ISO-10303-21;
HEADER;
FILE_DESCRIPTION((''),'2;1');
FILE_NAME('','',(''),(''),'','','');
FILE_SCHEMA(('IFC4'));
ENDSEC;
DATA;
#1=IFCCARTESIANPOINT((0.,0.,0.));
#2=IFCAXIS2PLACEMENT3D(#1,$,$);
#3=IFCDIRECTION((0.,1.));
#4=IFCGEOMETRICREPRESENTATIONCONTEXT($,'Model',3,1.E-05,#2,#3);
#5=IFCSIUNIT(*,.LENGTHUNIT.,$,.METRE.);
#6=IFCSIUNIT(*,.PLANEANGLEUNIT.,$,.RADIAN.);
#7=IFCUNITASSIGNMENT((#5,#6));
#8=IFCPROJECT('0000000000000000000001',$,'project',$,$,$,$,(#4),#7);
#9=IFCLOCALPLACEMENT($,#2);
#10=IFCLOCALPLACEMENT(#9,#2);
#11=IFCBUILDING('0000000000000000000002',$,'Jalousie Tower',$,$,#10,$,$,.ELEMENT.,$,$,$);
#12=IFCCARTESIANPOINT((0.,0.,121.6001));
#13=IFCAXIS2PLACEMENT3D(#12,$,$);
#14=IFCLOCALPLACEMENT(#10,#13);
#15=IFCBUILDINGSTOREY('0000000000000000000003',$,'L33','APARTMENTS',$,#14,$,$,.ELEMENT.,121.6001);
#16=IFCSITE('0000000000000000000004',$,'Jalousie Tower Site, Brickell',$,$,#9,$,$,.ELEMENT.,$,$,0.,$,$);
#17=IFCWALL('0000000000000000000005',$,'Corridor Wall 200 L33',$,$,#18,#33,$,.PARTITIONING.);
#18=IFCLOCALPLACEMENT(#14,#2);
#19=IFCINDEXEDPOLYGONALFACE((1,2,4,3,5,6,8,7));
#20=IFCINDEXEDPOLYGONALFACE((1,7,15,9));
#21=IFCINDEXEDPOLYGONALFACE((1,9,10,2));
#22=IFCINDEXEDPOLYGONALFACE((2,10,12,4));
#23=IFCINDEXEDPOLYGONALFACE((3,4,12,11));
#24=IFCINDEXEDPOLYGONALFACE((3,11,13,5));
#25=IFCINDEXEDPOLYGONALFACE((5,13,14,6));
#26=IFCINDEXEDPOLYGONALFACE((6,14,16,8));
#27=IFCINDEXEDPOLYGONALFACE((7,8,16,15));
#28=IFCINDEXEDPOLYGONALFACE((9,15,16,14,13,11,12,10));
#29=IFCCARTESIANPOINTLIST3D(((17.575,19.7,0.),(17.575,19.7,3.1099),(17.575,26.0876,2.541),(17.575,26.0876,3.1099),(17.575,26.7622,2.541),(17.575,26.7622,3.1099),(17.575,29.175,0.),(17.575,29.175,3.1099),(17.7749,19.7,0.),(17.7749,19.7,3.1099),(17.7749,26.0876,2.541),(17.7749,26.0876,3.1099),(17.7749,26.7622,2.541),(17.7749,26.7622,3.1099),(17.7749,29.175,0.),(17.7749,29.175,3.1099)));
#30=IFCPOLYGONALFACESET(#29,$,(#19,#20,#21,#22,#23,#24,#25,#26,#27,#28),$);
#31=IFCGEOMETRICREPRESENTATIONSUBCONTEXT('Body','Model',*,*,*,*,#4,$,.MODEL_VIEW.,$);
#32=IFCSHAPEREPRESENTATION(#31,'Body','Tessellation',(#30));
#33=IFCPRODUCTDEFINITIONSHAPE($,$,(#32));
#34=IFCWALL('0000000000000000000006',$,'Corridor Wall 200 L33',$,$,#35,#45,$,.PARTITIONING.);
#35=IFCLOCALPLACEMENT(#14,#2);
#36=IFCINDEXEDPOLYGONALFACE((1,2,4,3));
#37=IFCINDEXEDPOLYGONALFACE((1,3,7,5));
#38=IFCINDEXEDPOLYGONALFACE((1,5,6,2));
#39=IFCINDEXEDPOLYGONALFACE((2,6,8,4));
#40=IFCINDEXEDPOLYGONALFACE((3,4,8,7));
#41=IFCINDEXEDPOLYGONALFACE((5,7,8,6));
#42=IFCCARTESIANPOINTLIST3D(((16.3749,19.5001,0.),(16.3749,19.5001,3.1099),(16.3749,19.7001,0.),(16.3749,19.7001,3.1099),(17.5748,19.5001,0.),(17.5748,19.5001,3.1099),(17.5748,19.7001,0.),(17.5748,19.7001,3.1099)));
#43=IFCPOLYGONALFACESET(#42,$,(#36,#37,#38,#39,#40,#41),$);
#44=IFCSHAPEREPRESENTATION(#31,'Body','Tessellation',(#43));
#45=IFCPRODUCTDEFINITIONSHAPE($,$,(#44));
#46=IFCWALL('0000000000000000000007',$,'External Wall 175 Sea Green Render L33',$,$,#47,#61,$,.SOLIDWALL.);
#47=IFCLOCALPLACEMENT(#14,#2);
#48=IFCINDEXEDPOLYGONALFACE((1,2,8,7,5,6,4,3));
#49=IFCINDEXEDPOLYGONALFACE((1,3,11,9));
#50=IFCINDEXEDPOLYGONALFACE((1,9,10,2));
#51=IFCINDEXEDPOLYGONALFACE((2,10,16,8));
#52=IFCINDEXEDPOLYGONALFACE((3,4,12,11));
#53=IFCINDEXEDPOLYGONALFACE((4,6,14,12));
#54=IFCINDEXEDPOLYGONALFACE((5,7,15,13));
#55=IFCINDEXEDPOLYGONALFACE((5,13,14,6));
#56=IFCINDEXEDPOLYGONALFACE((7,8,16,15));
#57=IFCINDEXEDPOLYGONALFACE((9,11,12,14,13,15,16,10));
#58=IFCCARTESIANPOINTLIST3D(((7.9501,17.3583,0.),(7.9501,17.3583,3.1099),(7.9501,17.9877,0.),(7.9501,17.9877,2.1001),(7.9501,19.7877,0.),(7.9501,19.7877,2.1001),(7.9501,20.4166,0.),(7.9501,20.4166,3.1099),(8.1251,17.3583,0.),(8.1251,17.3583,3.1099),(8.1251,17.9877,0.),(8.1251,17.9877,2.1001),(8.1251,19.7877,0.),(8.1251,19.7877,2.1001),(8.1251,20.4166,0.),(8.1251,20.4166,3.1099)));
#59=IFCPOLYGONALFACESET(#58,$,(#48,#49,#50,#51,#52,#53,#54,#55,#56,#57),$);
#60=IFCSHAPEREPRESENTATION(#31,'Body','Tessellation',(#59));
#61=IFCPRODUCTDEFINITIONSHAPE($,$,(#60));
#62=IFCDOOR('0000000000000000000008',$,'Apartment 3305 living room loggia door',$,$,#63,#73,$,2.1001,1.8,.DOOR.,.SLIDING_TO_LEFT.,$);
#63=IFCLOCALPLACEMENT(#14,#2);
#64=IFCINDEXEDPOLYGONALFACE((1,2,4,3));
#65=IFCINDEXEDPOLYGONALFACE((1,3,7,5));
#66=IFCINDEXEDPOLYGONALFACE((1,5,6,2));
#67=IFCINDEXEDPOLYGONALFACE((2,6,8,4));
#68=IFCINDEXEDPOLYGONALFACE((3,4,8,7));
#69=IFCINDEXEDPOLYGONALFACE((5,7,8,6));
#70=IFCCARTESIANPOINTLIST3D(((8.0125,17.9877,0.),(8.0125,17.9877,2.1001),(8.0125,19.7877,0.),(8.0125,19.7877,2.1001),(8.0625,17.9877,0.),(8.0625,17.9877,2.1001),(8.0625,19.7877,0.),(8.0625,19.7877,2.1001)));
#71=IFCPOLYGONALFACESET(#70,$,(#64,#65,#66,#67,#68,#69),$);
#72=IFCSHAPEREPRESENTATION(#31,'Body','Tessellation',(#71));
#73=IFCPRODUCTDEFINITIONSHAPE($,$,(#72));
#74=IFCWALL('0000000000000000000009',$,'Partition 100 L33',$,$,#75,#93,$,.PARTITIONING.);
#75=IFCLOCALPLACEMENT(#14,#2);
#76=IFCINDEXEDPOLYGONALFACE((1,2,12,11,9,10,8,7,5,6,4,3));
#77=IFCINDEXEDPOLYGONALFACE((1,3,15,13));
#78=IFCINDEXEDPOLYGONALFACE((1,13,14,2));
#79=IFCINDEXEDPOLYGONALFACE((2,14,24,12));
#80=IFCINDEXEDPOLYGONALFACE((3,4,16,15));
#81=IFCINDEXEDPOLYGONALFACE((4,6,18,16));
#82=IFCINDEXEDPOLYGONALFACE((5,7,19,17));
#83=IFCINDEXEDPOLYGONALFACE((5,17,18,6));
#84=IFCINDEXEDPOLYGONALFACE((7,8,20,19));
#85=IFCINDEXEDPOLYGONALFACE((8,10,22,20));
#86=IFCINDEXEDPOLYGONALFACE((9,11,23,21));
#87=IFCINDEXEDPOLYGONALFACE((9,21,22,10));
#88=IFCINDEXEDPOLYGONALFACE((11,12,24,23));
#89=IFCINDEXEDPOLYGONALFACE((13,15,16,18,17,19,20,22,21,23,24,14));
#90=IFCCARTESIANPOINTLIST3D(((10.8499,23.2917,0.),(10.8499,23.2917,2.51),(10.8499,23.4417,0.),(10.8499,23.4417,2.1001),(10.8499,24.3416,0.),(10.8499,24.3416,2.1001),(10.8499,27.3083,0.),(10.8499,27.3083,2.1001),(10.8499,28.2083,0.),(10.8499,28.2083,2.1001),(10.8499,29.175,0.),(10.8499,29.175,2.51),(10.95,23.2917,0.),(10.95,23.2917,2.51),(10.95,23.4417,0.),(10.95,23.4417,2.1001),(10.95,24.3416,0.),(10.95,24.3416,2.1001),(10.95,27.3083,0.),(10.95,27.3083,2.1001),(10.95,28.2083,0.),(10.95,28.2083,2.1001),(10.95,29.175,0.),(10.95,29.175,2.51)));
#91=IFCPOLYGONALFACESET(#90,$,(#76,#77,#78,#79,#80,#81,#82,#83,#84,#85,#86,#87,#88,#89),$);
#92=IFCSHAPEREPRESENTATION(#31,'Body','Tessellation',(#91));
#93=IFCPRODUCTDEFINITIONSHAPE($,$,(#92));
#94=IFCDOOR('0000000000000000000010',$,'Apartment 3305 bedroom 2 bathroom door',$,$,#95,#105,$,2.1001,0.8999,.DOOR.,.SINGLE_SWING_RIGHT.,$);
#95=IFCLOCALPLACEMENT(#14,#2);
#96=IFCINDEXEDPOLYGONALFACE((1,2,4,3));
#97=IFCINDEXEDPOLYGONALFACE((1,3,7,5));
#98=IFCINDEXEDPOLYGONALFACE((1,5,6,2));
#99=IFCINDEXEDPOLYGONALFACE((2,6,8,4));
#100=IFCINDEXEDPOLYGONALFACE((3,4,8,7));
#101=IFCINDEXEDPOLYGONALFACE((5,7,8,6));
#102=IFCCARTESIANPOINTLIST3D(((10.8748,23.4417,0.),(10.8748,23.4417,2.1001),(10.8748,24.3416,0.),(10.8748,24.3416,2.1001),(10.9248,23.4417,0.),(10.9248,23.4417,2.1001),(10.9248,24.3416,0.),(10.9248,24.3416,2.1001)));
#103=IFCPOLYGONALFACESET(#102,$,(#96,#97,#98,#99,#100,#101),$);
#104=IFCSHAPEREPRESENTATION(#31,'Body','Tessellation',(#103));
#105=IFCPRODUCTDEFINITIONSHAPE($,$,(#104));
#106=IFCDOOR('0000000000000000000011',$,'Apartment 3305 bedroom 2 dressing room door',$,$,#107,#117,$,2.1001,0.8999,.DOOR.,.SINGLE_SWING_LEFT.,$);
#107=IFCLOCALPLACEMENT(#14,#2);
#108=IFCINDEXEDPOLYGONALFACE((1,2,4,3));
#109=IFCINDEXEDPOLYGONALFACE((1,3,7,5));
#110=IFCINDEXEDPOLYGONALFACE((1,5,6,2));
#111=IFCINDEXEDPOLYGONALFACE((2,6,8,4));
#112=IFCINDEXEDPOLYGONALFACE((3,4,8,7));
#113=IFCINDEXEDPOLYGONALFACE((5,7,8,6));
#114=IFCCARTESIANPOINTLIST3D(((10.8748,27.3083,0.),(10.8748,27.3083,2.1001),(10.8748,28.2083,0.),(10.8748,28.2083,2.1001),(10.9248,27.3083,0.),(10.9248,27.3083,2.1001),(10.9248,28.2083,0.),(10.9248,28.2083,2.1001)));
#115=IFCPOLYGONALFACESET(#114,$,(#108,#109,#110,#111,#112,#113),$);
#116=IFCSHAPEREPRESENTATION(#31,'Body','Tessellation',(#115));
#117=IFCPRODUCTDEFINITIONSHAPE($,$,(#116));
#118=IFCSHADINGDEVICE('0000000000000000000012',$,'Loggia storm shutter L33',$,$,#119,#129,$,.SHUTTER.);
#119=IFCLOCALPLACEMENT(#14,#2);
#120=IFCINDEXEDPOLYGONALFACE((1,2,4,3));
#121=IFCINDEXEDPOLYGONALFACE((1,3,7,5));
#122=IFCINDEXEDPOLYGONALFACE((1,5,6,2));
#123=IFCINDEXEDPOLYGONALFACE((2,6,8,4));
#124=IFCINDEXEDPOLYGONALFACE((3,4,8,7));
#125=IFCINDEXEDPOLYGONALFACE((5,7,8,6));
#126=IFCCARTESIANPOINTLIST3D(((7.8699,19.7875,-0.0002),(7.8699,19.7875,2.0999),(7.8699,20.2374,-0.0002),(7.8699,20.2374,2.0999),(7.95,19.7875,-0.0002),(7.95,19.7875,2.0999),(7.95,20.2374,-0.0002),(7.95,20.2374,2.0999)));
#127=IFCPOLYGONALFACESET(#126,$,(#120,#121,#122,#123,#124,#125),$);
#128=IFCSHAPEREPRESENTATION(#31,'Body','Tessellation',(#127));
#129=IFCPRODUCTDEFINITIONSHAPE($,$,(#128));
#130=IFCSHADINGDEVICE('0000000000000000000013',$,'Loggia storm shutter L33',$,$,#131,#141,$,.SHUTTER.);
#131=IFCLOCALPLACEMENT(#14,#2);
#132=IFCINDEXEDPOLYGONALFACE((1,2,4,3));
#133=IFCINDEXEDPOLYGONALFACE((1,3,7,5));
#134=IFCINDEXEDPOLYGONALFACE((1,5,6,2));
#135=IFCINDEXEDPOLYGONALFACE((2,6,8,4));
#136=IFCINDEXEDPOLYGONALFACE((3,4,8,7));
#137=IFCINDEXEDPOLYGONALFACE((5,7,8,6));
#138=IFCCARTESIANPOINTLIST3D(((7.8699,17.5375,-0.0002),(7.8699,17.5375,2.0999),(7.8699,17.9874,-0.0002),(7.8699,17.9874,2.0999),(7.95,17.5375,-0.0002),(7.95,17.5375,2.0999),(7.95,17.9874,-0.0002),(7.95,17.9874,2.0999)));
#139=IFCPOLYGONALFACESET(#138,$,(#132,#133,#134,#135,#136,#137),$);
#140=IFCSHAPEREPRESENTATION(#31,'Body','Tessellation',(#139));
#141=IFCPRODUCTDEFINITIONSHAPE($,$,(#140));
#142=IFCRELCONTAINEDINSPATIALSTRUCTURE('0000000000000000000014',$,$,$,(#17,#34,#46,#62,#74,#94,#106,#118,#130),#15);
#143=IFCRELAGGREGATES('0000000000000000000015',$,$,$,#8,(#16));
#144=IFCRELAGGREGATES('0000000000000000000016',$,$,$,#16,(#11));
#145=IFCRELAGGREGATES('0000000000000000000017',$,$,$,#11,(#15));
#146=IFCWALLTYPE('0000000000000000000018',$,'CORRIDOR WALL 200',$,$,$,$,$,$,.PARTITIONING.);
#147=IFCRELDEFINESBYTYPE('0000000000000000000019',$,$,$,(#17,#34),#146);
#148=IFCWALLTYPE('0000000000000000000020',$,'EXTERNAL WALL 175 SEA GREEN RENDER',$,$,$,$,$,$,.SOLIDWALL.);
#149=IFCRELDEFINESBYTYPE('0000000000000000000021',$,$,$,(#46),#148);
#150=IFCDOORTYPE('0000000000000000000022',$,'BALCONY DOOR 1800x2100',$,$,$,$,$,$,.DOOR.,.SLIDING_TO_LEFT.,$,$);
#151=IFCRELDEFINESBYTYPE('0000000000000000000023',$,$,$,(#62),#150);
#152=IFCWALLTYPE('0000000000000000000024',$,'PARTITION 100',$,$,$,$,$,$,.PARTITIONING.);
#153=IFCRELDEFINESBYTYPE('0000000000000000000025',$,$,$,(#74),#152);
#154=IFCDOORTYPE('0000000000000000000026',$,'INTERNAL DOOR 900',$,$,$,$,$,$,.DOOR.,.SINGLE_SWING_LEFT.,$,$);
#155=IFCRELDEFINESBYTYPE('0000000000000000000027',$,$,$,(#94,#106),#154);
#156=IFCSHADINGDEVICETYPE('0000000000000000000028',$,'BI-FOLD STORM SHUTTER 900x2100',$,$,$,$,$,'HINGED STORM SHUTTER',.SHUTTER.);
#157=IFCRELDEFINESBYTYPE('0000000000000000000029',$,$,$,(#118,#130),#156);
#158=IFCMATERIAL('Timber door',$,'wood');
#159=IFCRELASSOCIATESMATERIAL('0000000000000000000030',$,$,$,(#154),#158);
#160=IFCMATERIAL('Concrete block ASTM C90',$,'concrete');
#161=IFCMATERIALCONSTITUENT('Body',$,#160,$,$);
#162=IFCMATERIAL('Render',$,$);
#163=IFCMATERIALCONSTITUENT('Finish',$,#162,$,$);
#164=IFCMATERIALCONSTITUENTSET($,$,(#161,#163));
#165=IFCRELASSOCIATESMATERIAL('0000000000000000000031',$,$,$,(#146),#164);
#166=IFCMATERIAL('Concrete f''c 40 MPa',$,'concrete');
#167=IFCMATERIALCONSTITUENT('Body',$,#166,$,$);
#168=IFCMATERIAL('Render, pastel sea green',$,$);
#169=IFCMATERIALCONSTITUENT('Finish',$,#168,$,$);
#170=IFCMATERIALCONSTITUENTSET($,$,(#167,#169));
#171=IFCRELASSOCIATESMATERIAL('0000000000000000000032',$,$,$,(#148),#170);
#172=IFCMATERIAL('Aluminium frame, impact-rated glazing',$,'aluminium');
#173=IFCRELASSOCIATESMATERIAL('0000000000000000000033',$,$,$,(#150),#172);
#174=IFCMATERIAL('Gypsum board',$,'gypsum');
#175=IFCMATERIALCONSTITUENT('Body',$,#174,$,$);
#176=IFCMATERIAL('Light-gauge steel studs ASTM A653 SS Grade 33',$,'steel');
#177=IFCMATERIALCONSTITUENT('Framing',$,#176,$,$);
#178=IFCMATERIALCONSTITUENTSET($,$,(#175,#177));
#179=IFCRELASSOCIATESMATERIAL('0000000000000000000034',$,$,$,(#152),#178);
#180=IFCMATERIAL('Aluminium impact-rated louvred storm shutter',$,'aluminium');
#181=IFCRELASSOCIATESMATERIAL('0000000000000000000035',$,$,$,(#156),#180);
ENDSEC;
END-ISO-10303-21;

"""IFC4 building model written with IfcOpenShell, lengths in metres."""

from ifc_helpers import new_model, si_unit, direction, frame, frame_2d, origin, origin_2d, place, context, subcontext, project, spatial, polyline, rectangle, outline, extrude, material, constituent, constituent_set, type_object, element, fill, save


model = new_model("IFC4")

# Units and contexts
model_context = context("Model", 3, precision=1e-05, world=origin(), true_north=direction((0.0, 1.0)))
body_context = subcontext(model_context, "Body", "Model", "MODEL_VIEW")
ifc_project = project(units=[si_unit("LENGTHUNIT", "METRE"), si_unit("PLANEANGLEUNIT", "RADIAN")], contexts=[model_context])

# Site, building, storey
site_placement = place(None, origin())
site = spatial("IfcSite", under=ifc_project, at=site_placement, Name="Jalousie Tower Site, Brickell", CompositionType="ELEMENT", RefElevation=0.0)
building_placement = place(site_placement, origin())
building = spatial("IfcBuilding", under=site, at=building_placement, Name="Jalousie Tower", CompositionType="ELEMENT")
storey_placement = place(building_placement, frame((0.0, 0.0, 121.6001)))
storey = spatial("IfcBuildingStorey", under=building, at=storey_placement, Name="L33", Description="APARTMENTS", CompositionType="ELEMENT", Elevation=121.6001)

# Shared definitions
ifc_material_1 = material(Name="Timber door", Category="wood")
door_type_1 = type_object("IfcDoorType", Name="INTERNAL DOOR 900", OperationType="SINGLE_SWING_LEFT", PredefinedType="DOOR", material=ifc_material_1)

# Shared definitions
ifc_material_2 = material(Name="Concrete block ASTM C90", Category="concrete")
ifc_constituent_1 = constituent(ifc_material_2, Name="Body")
ifc_material_3 = material(Name="Render")
ifc_constituent_2 = constituent(ifc_material_3, Name="Finish")
ifc_constituent_set_1 = constituent_set(constituents=[ifc_constituent_1, ifc_constituent_2])
wall_type_1 = type_object("IfcWallType", Name="CORRIDOR WALL 200", PredefinedType="PARTITIONING", material=ifc_constituent_set_1)

# Walls
wall_1_placement = place(storey_placement, frame((17.675, 19.7, 0.0), z_axis=(0.0, 0.0, 1.0), x_axis=(0.0, 1.0, 0.0)))
element("IfcWall", 1, at=wall_1_placement, inside=storey, type_object=wall_type_1, Name="Corridor Wall 200 L33", PredefinedType="PARTITIONING", context=body_context, shape_type="SweptSolid", body=[
    extrude(outline(polyline([(0.0, 0.0), (9.4751, 0.0), (9.4751, 3.1099), (7.0623, 3.1099), (7.0623, 2.541), (6.3877, 2.541), (6.3877, 3.1099), (0.0, 3.1099), (0.0, 0.0)])), frame((0.0, 0.1001, 0.0), z_axis=(0.0, -1.0, 0.0), x_axis=(1.0, 0.0, 0.0)), (0.0, 0.0, 1.0), 0.2),
])
wall_2_placement = place(storey_placement, frame((17.575, 19.6001, 0.0), z_axis=(0.0, 0.0, 1.0), x_axis=(-1.0, 0.0, 0.0)))
element("IfcWall", 2, at=wall_2_placement, inside=storey, type_object=wall_type_1, Name="Corridor Wall 200 L33", PredefinedType="PARTITIONING", context=body_context, shape_type="SweptSolid", body=[
    extrude(rectangle(XDim=1.2, YDim=0.2, at=frame_2d((0.6001, 0.0))), origin(), (0.0, 0.0, 1.0), 3.1099),
])

# Wall, opening, door
ifc_material_4 = material(Name="Concrete f'c 40 MPa", Category="concrete")
ifc_constituent_3 = constituent(ifc_material_4, Name="Body")
ifc_material_5 = material(Name="Render, pastel sea green")
ifc_constituent_4 = constituent(ifc_material_5, Name="Finish")
ifc_constituent_set_2 = constituent_set(constituents=[ifc_constituent_3, ifc_constituent_4])
wall_type_2 = type_object("IfcWallType", Name="EXTERNAL WALL 175 SEA GREEN RENDER", PredefinedType="SOLIDWALL", material=ifc_constituent_set_2)
wall_3_placement = place(storey_placement, frame((8.0376, 20.4167, 0.0), z_axis=(0.0, 0.0, 1.0), x_axis=(0.0, -1.0, 0.0)))
wall_3 = element("IfcWall", 3, at=wall_3_placement, inside=storey, type_object=wall_type_2, Name="External Wall 175 Sea Green Render L33", PredefinedType="SOLIDWALL", context=body_context, shape_type="SweptSolid", body=[
    extrude(rectangle(XDim=3.0583, YDim=0.175, at=frame_2d((1.5293, 0.0))), origin(), (0.0, 0.0, 1.0), 3.1099),
])
opening_1_placement = place(wall_3_placement, frame((0.6292, 0.0, 0.0)))
opening_1 = element("IfcOpeningElement", 4, at=opening_1_placement, cuts=wall_3, PredefinedType="OPENING", context=body_context, shape_type="SweptSolid", body=[
    extrude(rectangle(XDim=1.8, YDim=2.1001, at=frame_2d((0.8999, 1.05))), frame((0.0, 0.0974, 0.0), z_axis=(0.0, -1.0, 0.0), x_axis=(1.0, 0.0, 0.0)), (0.0, 0.0, 1.0), 0.1951),
])
ifc_material_6 = material(Name="Aluminium frame, impact-rated glazing", Category="aluminium")
door_type_2 = type_object("IfcDoorType", Name="BALCONY DOOR 1800x2100", OperationType="SLIDING_TO_LEFT", PredefinedType="DOOR", material=ifc_material_6)
door_1_placement = place(opening_1_placement, origin())
door_1 = element("IfcDoor", 5, at=door_1_placement, inside=storey, type_object=door_type_2, Name="Apartment 3305 living room loggia door", OperationType="SLIDING_TO_LEFT", OverallHeight=2.1001, OverallWidth=1.8, PredefinedType="DOOR", context=body_context, shape_type="SweptSolid", body=[
    extrude(rectangle(XDim=1.8, YDim=2.1001, at=frame_2d((0.8999, 1.05))), frame((0.0, 0.0249, 0.0), z_axis=(0.0, -1.0, 0.0), x_axis=(1.0, 0.0, 0.0)), (0.0, 0.0, 1.0), 0.05),
])
fill(opening_1, door_1)

# Wall, openings, doors
ifc_material_7 = material(Name="Gypsum board", Category="gypsum")
ifc_constituent_5 = constituent(ifc_material_7, Name="Body")
ifc_material_8 = material(Name="Light-gauge steel studs ASTM A653 SS Grade 33", Category="steel")
ifc_constituent_6 = constituent(ifc_material_8, Name="Framing")
ifc_constituent_set_3 = constituent_set(constituents=[ifc_constituent_5, ifc_constituent_6])
wall_type_3 = type_object("IfcWallType", Name="PARTITION 100", PredefinedType="PARTITIONING", material=ifc_constituent_set_3)
wall_4_placement = place(storey_placement, frame((10.8999, 23.2917, 0.0), z_axis=(0.0, 0.0, 1.0), x_axis=(0.0, 1.0, 0.0)))
wall_4 = element("IfcWall", 6, at=wall_4_placement, inside=storey, type_object=wall_type_3, Name="Partition 100 L33", PredefinedType="PARTITIONING", context=body_context, shape_type="SweptSolid", body=[
    extrude(outline(polyline([(0.0, 0.0), (5.8833, 0.0), (5.8833, 3.1099), (5.8833, 2.51), (1.7683, 2.51), (0.0, 2.51), (0.0, 3.1099), (0.0, 0.0)])), frame((0.0, 0.05, 0.0), z_axis=(0.0, -1.0, 0.0), x_axis=(1.0, 0.0, 0.0)), (0.0, 0.0, 1.0), 0.1001),
])
opening_2_placement = place(wall_4_placement, frame((0.1499, 0.0, 0.0)))
opening_2 = element("IfcOpeningElement", 7, at=opening_2_placement, cuts=wall_4, PredefinedType="OPENING", context=body_context, shape_type="SweptSolid", body=[
    extrude(rectangle(XDim=0.8999, YDim=2.1001, at=frame_2d((0.45, 1.05))), frame((0.0, 0.0601, 0.0), z_axis=(0.0, -1.0, 0.0), x_axis=(1.0, 0.0, 0.0)), (0.0, 0.0, 1.0), 0.1201),
])
opening_3_placement = place(wall_4_placement, frame((4.0166, 0.0, 0.0)))
opening_3 = element("IfcOpeningElement", 8, at=opening_3_placement, cuts=wall_4, PredefinedType="OPENING", context=body_context, shape_type="SweptSolid", body=[
    extrude(rectangle(XDim=0.8999, YDim=2.1001, at=frame_2d((0.45, 1.05))), frame((0.0, 0.0601, 0.0), z_axis=(0.0, -1.0, 0.0), x_axis=(1.0, 0.0, 0.0)), (0.0, 0.0, 1.0), 0.1201),
])
door_2_placement = place(opening_2_placement, frame((0.8999, 0.0, 0.0), z_axis=(0.0, 0.0, 1.0), x_axis=(-1.0, 0.0, 0.0)))
door_2 = element("IfcDoor", 9, at=door_2_placement, inside=storey, type_object=door_type_1, Name="Apartment 3305 bedroom 2 bathroom door", OperationType="SINGLE_SWING_RIGHT", OverallHeight=2.1001, OverallWidth=0.8999, PredefinedType="DOOR", context=body_context, shape_type="SweptSolid", body=[
    extrude(rectangle(XDim=0.8999, YDim=2.1001, at=frame_2d((0.45, 1.05))), frame((0.0, 0.0249, 0.0), z_axis=(0.0, -1.0, 0.0), x_axis=(1.0, 0.0, 0.0)), (0.0, 0.0, 1.0), 0.05),
])
fill(opening_2, door_2)
door_3_placement = place(opening_3_placement, frame((0.8999, 0.0, 0.0), z_axis=(0.0, 0.0, 1.0), x_axis=(-1.0, 0.0, 0.0)))
door_3 = element("IfcDoor", 10, at=door_3_placement, inside=storey, type_object=door_type_1, Name="Apartment 3305 bedroom 2 dressing room door", OperationType="SINGLE_SWING_LEFT", OverallHeight=2.1001, OverallWidth=0.8999, PredefinedType="DOOR", context=body_context, shape_type="SweptSolid", body=[
    extrude(rectangle(XDim=0.8999, YDim=2.1001, at=frame_2d((0.45, 1.05))), frame((0.0, 0.0249, 0.0), z_axis=(0.0, -1.0, 0.0), x_axis=(1.0, 0.0, 0.0)), (0.0, 0.0, 1.0), 0.05),
])
fill(opening_3, door_3)

# Shading devices
ifc_material_9 = material(Name="Aluminium impact-rated louvred storm shutter", Category="aluminium")
shading_device_type = type_object("IfcShadingDeviceType", Name="BI-FOLD STORM SHUTTER 900x2100", ElementType="HINGED STORM SHUTTER", PredefinedType="SHUTTER", material=ifc_material_9)
for number, where, z_axis, x_axis, name in (
    (11, (7.9099, 20.0125, -0.0002), (0.0, 0.0, 1.0), (0.0, -1.0, 0.0), "Loggia storm shutter L33"),
    (12, (7.9099, 17.7625, -0.0002), (0.0, 0.0, 1.0), (0.0, -1.0, 0.0), "Loggia storm shutter L33"),
):
    element("IfcShadingDevice", number, at=place(storey_placement, frame(where, z_axis=z_axis, x_axis=x_axis)), inside=storey, type_object=shading_device_type, Name=name, PredefinedType="SHUTTER", context=body_context, shape_type="SweptSolid", body=[
        extrude(rectangle(XDim=0.45, YDim=0.0801, at=origin_2d()), origin(), (0.0, 0.0, 1.0), 2.1001),
    ])

save(model, "model.ifc")
